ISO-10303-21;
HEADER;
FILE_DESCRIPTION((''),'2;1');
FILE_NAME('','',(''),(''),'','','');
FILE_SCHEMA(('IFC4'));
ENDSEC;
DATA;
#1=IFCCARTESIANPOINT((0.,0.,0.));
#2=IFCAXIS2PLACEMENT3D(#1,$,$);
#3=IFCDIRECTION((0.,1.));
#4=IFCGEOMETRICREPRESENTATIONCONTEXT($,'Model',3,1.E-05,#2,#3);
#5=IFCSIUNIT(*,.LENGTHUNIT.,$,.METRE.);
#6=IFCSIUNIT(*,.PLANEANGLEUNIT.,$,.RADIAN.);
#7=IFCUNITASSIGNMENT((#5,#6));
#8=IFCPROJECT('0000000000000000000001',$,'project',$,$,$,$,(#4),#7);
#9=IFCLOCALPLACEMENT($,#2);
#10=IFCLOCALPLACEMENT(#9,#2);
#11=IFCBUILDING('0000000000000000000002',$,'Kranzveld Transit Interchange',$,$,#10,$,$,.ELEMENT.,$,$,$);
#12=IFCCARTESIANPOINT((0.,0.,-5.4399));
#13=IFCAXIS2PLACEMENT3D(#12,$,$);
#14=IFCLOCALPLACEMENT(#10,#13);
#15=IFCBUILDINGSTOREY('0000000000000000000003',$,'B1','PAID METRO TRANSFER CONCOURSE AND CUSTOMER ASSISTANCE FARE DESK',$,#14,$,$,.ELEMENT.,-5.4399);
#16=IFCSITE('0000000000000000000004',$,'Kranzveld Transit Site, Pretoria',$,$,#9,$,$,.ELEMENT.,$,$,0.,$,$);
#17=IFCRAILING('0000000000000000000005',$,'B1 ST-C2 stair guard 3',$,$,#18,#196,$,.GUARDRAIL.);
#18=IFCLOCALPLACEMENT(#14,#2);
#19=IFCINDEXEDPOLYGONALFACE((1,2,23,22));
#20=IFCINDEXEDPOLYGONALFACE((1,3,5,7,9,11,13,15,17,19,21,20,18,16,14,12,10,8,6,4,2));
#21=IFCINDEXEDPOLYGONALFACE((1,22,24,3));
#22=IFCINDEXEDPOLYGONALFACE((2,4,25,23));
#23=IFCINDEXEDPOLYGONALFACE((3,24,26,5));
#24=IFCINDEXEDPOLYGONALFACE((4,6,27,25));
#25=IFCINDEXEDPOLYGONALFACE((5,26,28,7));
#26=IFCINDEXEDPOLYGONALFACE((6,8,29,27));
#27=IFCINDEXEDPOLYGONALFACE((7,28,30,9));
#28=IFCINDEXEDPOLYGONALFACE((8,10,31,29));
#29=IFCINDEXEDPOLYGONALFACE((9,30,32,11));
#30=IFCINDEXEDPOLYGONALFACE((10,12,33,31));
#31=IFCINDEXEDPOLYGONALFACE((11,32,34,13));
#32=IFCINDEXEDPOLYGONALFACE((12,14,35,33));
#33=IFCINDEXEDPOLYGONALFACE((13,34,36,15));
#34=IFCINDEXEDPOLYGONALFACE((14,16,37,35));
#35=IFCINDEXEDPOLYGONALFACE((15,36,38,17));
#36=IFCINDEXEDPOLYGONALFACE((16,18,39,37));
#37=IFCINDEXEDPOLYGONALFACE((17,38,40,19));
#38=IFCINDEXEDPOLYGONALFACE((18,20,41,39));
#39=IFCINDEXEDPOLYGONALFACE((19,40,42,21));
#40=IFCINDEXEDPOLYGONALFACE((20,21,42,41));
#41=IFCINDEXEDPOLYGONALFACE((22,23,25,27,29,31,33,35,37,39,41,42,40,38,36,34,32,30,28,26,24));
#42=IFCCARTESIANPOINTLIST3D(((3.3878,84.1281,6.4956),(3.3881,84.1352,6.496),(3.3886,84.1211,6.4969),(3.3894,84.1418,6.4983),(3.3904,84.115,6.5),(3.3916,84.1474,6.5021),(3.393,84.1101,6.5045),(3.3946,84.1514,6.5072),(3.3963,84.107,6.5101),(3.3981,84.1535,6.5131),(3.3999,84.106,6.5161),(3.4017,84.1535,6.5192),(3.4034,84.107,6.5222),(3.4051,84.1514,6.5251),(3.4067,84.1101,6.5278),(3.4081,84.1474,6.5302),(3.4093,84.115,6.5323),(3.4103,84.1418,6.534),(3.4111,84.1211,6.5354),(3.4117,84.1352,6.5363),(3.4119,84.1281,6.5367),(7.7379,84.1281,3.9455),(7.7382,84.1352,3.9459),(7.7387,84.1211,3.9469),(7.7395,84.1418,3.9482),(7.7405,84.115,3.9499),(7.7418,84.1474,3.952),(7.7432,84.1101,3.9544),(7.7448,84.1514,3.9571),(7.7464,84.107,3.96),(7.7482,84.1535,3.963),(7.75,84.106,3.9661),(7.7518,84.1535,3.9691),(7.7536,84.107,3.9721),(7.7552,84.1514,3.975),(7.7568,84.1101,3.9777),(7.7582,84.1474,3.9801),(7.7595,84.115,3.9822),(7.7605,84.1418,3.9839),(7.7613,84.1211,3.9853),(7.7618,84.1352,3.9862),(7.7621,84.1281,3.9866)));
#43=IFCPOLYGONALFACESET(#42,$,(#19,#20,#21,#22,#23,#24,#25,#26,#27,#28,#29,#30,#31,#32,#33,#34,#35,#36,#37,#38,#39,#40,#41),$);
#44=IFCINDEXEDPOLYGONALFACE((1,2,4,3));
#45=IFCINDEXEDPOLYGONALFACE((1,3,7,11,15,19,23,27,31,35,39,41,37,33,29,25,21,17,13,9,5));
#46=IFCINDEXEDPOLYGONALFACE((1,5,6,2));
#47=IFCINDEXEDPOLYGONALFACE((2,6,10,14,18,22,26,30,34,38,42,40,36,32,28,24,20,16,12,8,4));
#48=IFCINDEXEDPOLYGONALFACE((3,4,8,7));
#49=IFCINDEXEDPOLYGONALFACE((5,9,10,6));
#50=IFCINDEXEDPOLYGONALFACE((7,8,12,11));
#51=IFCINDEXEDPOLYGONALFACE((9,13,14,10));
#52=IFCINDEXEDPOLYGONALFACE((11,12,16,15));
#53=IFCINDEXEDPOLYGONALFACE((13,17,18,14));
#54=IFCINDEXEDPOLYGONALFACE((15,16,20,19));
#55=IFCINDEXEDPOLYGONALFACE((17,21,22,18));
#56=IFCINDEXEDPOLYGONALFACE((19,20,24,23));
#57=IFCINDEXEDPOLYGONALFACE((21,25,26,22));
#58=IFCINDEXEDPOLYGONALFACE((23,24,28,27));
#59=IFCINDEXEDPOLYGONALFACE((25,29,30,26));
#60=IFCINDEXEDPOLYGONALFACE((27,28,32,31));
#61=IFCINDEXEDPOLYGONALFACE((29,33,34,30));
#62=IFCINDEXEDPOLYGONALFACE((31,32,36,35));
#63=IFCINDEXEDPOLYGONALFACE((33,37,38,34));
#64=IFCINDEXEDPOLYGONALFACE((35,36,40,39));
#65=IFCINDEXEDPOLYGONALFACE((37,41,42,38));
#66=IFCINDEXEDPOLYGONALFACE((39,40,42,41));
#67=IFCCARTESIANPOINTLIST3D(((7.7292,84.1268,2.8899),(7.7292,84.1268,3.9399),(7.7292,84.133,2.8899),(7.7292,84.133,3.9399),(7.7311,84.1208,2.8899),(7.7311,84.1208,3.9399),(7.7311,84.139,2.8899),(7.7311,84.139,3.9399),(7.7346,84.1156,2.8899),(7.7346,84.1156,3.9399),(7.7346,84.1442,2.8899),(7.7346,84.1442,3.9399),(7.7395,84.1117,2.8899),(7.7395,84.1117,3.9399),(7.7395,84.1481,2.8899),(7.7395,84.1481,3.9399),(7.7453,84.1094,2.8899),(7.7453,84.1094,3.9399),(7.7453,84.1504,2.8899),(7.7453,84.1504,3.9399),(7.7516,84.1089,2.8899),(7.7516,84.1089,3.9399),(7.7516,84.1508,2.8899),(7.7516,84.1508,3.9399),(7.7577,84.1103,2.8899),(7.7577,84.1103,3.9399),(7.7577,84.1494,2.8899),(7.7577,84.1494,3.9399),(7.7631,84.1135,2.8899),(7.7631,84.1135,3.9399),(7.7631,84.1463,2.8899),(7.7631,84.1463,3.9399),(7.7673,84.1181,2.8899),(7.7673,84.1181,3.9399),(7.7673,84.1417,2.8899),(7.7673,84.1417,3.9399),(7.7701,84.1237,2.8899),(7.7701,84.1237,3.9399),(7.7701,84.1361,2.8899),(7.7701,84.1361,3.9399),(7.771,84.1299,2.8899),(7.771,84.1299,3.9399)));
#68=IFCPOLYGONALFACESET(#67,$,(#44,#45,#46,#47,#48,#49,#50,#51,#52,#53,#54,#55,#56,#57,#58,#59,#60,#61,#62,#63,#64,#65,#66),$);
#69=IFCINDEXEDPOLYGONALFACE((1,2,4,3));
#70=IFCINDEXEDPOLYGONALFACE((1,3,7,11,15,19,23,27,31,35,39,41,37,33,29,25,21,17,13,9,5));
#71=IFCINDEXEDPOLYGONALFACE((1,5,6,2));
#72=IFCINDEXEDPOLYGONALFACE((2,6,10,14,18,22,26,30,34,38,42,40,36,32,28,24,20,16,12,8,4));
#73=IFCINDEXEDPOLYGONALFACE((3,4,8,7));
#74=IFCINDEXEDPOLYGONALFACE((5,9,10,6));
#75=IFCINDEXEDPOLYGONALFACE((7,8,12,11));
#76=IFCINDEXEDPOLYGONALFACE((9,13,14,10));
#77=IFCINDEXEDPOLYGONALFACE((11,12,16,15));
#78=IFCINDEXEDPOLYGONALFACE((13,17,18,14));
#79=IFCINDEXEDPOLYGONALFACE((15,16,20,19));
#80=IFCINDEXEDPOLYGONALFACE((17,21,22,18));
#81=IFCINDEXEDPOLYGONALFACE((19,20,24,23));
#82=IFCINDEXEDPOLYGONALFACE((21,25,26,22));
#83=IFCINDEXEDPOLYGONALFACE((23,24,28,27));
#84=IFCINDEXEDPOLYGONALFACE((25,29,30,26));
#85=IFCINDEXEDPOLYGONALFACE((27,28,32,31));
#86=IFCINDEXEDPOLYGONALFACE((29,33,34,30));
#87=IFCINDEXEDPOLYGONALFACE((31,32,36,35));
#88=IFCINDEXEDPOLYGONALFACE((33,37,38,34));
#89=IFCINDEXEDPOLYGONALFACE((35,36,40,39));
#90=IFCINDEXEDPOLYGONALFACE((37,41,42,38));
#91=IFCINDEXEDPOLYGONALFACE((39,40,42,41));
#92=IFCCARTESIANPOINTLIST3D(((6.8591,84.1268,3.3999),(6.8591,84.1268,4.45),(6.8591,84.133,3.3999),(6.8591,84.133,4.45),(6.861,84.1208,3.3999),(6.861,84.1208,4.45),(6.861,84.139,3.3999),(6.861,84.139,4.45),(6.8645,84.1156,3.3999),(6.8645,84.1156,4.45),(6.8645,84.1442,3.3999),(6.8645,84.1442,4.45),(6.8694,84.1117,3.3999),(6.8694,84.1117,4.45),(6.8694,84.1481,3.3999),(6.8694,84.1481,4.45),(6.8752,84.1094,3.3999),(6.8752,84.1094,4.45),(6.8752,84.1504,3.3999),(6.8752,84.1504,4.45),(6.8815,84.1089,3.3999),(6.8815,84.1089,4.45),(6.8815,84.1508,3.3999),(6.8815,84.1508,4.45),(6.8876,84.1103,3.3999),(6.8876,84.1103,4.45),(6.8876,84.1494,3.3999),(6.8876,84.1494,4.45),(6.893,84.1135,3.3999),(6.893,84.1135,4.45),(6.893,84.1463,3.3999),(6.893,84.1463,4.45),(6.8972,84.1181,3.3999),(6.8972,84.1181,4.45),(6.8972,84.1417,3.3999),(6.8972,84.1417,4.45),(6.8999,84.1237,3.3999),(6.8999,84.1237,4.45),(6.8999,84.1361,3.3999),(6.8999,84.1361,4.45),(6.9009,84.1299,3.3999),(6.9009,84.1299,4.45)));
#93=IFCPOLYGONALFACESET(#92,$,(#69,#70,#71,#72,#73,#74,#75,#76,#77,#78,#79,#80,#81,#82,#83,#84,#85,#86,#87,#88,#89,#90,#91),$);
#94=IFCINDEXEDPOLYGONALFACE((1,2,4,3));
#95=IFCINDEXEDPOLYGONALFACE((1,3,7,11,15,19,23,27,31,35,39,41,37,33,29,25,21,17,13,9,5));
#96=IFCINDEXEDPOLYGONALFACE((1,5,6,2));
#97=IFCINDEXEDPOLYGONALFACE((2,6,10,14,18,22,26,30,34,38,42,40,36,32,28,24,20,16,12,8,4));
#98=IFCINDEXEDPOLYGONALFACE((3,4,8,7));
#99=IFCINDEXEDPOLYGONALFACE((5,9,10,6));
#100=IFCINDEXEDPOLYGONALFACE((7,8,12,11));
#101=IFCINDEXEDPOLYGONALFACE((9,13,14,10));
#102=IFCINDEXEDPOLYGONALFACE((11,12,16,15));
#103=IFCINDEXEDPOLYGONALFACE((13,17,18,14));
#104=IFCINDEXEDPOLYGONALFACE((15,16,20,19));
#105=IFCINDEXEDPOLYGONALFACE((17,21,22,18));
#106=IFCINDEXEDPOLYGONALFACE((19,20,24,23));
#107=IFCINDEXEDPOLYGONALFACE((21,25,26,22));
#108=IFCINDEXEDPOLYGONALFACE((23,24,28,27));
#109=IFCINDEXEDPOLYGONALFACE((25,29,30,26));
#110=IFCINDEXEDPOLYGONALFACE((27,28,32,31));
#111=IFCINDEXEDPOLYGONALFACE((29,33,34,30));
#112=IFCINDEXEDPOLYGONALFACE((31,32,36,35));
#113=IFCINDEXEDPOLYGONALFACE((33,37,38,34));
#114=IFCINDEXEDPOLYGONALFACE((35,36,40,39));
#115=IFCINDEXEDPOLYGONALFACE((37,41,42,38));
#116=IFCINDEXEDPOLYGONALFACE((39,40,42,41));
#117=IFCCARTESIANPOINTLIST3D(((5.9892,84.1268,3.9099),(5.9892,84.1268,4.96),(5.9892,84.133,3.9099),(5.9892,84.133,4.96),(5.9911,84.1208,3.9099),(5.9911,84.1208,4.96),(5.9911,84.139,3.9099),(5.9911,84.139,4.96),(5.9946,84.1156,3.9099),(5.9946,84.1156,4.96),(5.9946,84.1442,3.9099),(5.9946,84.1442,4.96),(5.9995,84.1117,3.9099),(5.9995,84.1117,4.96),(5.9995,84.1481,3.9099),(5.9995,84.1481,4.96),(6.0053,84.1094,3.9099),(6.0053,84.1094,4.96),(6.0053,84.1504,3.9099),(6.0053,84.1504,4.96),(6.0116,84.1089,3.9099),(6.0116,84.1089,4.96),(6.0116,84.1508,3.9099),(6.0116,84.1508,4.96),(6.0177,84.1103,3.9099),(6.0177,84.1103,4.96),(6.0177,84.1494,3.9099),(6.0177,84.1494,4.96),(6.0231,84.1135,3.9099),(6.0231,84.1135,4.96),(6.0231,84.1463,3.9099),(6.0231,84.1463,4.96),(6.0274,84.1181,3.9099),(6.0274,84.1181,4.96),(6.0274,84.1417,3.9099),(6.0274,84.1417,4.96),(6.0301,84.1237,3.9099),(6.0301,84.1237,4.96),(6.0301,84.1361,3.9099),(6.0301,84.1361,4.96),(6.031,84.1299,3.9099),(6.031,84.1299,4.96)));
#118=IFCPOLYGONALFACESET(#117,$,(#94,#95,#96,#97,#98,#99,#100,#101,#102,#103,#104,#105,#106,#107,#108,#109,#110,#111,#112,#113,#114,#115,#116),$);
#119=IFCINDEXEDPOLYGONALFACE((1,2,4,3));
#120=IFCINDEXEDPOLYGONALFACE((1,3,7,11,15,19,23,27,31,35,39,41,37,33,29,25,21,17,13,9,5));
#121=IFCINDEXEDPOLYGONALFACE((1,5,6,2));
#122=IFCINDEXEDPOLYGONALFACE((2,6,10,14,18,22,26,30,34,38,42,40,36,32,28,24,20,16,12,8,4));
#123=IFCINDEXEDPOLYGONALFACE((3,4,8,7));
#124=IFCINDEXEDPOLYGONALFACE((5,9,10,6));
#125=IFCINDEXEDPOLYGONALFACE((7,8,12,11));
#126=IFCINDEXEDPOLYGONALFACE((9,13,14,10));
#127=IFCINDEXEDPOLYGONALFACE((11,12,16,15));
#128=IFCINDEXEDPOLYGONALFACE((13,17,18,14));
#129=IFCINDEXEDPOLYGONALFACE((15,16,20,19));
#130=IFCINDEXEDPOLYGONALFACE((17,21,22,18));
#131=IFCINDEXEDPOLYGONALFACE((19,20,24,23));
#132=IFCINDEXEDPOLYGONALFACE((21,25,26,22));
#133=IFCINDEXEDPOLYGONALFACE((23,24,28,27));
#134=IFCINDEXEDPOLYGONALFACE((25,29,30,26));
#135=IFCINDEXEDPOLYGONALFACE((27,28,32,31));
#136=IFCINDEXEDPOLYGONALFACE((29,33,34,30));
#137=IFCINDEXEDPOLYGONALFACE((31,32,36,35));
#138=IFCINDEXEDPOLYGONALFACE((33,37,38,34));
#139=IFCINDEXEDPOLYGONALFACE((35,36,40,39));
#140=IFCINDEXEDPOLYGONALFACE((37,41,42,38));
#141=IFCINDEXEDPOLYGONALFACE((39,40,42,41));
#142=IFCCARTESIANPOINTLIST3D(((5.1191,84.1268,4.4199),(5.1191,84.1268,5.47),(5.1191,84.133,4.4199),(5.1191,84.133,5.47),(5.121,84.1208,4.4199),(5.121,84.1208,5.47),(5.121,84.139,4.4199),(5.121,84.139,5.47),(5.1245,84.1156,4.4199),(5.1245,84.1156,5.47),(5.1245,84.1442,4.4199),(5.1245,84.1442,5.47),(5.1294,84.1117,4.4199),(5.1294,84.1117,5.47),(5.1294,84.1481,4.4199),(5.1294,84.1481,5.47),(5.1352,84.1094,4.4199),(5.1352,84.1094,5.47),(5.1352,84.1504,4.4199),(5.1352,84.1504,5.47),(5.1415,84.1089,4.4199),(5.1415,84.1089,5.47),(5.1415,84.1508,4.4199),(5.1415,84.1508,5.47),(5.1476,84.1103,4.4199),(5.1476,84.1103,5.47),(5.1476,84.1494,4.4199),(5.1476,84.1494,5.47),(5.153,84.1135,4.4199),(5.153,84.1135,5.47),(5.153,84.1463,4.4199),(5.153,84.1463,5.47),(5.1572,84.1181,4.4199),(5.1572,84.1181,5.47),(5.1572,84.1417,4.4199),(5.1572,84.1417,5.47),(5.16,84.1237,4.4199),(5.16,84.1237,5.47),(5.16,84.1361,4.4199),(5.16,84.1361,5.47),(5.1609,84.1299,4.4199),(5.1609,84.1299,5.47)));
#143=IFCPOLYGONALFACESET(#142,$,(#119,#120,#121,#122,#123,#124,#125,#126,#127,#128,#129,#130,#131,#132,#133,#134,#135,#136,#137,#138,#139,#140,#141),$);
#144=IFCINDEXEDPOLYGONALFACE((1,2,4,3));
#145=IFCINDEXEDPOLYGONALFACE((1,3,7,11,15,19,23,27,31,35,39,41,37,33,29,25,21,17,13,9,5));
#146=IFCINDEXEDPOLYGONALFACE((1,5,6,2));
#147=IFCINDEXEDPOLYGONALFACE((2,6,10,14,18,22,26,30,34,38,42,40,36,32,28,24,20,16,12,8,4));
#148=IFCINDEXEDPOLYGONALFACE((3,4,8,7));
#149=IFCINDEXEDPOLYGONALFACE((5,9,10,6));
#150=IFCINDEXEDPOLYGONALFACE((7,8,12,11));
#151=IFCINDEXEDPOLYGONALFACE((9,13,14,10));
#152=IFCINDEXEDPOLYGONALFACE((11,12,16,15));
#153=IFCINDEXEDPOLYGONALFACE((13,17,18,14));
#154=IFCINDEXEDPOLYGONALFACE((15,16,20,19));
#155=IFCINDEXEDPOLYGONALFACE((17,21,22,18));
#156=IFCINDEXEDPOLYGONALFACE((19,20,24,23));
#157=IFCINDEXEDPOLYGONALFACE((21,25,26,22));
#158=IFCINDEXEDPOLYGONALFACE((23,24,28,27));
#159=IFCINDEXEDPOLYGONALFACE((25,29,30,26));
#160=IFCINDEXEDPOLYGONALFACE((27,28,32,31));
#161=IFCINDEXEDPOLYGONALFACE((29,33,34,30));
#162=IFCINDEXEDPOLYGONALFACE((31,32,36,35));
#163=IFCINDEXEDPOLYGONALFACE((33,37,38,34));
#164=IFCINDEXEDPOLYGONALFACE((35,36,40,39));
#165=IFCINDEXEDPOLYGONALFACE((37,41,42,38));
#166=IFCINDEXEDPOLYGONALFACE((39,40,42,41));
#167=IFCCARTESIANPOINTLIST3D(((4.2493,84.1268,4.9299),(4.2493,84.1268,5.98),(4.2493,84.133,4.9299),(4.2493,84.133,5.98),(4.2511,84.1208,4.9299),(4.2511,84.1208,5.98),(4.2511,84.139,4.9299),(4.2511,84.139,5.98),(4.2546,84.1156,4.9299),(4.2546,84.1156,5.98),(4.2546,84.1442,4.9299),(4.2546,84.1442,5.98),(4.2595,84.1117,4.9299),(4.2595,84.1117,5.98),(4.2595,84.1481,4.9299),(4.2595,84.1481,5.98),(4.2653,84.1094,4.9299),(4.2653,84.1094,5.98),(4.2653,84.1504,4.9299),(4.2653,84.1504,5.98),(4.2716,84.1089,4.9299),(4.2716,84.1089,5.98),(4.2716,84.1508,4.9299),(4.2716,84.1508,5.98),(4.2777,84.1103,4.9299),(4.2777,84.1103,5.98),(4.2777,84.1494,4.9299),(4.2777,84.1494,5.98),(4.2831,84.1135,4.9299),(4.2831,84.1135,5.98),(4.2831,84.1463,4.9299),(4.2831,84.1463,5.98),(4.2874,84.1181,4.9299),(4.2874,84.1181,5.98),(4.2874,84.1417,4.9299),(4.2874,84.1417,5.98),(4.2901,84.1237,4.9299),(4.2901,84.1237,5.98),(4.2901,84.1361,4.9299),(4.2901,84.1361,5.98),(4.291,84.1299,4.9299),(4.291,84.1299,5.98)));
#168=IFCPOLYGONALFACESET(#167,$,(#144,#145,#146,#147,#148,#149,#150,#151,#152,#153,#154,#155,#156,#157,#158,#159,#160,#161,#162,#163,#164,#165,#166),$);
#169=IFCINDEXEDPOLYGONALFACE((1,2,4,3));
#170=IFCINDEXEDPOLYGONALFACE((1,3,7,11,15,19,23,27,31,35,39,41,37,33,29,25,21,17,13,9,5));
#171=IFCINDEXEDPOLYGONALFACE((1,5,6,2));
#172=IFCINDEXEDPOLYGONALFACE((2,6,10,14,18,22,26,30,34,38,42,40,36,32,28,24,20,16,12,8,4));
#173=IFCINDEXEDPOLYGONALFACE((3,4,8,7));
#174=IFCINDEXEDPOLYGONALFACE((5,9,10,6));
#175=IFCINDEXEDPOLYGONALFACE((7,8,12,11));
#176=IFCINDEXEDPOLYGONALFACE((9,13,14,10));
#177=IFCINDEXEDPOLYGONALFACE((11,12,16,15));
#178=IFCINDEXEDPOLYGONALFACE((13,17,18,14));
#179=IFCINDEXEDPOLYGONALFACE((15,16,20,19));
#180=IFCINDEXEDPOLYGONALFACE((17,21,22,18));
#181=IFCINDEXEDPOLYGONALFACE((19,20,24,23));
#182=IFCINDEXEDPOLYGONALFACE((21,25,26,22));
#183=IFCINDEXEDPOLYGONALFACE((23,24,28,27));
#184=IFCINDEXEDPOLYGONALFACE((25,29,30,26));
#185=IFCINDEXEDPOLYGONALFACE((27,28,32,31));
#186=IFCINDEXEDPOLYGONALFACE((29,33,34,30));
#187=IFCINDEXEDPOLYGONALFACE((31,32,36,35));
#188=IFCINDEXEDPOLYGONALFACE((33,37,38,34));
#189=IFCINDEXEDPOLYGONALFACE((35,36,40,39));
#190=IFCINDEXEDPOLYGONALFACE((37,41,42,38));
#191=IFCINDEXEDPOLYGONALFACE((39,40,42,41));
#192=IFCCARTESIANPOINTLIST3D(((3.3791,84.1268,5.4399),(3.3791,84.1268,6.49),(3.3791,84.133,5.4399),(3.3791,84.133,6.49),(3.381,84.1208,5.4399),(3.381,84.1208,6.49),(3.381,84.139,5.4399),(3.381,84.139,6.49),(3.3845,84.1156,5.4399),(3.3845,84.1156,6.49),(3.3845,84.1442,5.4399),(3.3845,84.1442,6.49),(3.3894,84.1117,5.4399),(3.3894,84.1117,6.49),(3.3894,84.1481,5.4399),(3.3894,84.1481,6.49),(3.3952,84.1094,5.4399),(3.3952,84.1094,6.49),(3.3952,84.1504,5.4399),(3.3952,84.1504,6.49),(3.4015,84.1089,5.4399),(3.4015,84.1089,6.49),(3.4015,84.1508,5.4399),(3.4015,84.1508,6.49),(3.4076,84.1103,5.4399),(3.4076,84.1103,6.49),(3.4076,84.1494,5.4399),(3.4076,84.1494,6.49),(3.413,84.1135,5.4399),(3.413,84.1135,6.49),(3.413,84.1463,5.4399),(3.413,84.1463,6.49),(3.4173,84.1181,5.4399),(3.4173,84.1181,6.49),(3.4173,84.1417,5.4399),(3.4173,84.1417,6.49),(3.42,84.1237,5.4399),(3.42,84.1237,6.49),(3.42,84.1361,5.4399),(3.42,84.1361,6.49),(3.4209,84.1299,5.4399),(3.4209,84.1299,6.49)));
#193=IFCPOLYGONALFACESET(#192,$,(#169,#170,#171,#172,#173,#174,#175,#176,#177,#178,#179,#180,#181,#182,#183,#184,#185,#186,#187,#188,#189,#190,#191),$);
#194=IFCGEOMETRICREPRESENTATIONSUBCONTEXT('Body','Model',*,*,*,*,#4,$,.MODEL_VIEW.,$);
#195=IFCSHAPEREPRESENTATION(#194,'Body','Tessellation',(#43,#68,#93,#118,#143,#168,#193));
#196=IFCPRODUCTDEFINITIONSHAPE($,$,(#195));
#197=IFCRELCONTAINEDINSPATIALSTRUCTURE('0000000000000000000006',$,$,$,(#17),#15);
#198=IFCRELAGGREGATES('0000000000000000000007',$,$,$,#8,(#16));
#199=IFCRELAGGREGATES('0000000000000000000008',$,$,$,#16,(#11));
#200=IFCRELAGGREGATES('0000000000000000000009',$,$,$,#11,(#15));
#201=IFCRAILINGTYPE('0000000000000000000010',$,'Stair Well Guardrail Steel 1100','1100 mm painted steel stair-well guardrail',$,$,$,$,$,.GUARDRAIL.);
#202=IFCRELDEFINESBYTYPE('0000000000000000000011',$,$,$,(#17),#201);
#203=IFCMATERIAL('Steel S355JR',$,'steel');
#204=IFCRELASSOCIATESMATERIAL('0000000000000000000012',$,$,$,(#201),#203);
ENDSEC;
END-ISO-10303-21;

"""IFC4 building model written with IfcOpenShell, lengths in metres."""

from ifc_helpers import new_model, si_unit, direction, frame, origin, origin_2d, place, context, subcontext, project, spatial, circle, extrude, material, type_object, element, save


model = new_model("IFC4")

# Units and contexts
model_context = context("Model", 3, precision=1e-05, world=origin(), true_north=direction((0.0, 1.0)))
body_context = subcontext(model_context, "Body", "Model", "MODEL_VIEW")
ifc_project = project(units=[si_unit("LENGTHUNIT", "METRE"), si_unit("PLANEANGLEUNIT", "RADIAN")], contexts=[model_context])

# Site, building, storey
site_placement = place(None, origin())
site = spatial("IfcSite", under=ifc_project, at=site_placement, Name="Kranzveld Transit Site, Pretoria", CompositionType="ELEMENT", RefElevation=0.0)
building_placement = place(site_placement, origin())
building = spatial("IfcBuilding", under=site, at=building_placement, Name="Kranzveld Transit Interchange", CompositionType="ELEMENT")
storey_placement = place(building_placement, frame((0.0, 0.0, -5.4399)))
storey = spatial("IfcBuildingStorey", under=building, at=storey_placement, Name="B1", Description="PAID METRO TRANSFER CONCOURSE AND CUSTOMER ASSISTANCE FARE DESK", CompositionType="ELEMENT", Elevation=-5.4399)

# Railing
ifc_material_1 = material(Name="Steel S355JR", Category="steel")
railing_type_1 = type_object("IfcRailingType", Name="Stair Well Guardrail Steel 1100", Description="1100 mm painted steel stair-well guardrail", PredefinedType="GUARDRAIL", material=ifc_material_1)
railing_1_placement = place(storey_placement, frame((7.75, 84.1299, 2.8899)))
element("IfcRailing", 1, at=railing_1_placement, inside=storey, type_object=railing_type_1, Name="B1 ST-C2 stair guard 3", PredefinedType="GUARDRAIL", context=body_context, shape_type="SweptSolid", body=[
    extrude(circle(Radius=0.0239, at=origin_2d()), frame((0.0, 0.0, 1.0762), z_axis=(-0.862699, 0.0, 0.505718), x_axis=(0.0, -1.0, 0.0)), (0.0, 0.0, 1.0), 5.0425),
    extrude(circle(Radius=0.021, at=origin_2d()), origin(), (0.0, 0.0, 1.0), 1.05),
    extrude(circle(Radius=0.021, at=origin_2d()), frame((-0.8701, 0.0, 0.51)), (0.0, 0.0, 1.0), 1.05),
    extrude(circle(Radius=0.021, at=origin_2d()), frame((-1.74, 0.0, 1.02)), (0.0, 0.0, 1.0), 1.05),
    extrude(circle(Radius=0.021, at=origin_2d()), frame((-2.6101, 0.0, 1.53)), (0.0, 0.0, 1.0), 1.05),
    extrude(circle(Radius=0.021, at=origin_2d()), frame((-3.48, 0.0, 2.04)), (0.0, 0.0, 1.0), 1.05),
    extrude(circle(Radius=0.021, at=origin_2d()), frame((-4.3501, 0.0, 2.55)), (0.0, 0.0, 1.0), 1.05),
])

save(model, "model.ifc")
